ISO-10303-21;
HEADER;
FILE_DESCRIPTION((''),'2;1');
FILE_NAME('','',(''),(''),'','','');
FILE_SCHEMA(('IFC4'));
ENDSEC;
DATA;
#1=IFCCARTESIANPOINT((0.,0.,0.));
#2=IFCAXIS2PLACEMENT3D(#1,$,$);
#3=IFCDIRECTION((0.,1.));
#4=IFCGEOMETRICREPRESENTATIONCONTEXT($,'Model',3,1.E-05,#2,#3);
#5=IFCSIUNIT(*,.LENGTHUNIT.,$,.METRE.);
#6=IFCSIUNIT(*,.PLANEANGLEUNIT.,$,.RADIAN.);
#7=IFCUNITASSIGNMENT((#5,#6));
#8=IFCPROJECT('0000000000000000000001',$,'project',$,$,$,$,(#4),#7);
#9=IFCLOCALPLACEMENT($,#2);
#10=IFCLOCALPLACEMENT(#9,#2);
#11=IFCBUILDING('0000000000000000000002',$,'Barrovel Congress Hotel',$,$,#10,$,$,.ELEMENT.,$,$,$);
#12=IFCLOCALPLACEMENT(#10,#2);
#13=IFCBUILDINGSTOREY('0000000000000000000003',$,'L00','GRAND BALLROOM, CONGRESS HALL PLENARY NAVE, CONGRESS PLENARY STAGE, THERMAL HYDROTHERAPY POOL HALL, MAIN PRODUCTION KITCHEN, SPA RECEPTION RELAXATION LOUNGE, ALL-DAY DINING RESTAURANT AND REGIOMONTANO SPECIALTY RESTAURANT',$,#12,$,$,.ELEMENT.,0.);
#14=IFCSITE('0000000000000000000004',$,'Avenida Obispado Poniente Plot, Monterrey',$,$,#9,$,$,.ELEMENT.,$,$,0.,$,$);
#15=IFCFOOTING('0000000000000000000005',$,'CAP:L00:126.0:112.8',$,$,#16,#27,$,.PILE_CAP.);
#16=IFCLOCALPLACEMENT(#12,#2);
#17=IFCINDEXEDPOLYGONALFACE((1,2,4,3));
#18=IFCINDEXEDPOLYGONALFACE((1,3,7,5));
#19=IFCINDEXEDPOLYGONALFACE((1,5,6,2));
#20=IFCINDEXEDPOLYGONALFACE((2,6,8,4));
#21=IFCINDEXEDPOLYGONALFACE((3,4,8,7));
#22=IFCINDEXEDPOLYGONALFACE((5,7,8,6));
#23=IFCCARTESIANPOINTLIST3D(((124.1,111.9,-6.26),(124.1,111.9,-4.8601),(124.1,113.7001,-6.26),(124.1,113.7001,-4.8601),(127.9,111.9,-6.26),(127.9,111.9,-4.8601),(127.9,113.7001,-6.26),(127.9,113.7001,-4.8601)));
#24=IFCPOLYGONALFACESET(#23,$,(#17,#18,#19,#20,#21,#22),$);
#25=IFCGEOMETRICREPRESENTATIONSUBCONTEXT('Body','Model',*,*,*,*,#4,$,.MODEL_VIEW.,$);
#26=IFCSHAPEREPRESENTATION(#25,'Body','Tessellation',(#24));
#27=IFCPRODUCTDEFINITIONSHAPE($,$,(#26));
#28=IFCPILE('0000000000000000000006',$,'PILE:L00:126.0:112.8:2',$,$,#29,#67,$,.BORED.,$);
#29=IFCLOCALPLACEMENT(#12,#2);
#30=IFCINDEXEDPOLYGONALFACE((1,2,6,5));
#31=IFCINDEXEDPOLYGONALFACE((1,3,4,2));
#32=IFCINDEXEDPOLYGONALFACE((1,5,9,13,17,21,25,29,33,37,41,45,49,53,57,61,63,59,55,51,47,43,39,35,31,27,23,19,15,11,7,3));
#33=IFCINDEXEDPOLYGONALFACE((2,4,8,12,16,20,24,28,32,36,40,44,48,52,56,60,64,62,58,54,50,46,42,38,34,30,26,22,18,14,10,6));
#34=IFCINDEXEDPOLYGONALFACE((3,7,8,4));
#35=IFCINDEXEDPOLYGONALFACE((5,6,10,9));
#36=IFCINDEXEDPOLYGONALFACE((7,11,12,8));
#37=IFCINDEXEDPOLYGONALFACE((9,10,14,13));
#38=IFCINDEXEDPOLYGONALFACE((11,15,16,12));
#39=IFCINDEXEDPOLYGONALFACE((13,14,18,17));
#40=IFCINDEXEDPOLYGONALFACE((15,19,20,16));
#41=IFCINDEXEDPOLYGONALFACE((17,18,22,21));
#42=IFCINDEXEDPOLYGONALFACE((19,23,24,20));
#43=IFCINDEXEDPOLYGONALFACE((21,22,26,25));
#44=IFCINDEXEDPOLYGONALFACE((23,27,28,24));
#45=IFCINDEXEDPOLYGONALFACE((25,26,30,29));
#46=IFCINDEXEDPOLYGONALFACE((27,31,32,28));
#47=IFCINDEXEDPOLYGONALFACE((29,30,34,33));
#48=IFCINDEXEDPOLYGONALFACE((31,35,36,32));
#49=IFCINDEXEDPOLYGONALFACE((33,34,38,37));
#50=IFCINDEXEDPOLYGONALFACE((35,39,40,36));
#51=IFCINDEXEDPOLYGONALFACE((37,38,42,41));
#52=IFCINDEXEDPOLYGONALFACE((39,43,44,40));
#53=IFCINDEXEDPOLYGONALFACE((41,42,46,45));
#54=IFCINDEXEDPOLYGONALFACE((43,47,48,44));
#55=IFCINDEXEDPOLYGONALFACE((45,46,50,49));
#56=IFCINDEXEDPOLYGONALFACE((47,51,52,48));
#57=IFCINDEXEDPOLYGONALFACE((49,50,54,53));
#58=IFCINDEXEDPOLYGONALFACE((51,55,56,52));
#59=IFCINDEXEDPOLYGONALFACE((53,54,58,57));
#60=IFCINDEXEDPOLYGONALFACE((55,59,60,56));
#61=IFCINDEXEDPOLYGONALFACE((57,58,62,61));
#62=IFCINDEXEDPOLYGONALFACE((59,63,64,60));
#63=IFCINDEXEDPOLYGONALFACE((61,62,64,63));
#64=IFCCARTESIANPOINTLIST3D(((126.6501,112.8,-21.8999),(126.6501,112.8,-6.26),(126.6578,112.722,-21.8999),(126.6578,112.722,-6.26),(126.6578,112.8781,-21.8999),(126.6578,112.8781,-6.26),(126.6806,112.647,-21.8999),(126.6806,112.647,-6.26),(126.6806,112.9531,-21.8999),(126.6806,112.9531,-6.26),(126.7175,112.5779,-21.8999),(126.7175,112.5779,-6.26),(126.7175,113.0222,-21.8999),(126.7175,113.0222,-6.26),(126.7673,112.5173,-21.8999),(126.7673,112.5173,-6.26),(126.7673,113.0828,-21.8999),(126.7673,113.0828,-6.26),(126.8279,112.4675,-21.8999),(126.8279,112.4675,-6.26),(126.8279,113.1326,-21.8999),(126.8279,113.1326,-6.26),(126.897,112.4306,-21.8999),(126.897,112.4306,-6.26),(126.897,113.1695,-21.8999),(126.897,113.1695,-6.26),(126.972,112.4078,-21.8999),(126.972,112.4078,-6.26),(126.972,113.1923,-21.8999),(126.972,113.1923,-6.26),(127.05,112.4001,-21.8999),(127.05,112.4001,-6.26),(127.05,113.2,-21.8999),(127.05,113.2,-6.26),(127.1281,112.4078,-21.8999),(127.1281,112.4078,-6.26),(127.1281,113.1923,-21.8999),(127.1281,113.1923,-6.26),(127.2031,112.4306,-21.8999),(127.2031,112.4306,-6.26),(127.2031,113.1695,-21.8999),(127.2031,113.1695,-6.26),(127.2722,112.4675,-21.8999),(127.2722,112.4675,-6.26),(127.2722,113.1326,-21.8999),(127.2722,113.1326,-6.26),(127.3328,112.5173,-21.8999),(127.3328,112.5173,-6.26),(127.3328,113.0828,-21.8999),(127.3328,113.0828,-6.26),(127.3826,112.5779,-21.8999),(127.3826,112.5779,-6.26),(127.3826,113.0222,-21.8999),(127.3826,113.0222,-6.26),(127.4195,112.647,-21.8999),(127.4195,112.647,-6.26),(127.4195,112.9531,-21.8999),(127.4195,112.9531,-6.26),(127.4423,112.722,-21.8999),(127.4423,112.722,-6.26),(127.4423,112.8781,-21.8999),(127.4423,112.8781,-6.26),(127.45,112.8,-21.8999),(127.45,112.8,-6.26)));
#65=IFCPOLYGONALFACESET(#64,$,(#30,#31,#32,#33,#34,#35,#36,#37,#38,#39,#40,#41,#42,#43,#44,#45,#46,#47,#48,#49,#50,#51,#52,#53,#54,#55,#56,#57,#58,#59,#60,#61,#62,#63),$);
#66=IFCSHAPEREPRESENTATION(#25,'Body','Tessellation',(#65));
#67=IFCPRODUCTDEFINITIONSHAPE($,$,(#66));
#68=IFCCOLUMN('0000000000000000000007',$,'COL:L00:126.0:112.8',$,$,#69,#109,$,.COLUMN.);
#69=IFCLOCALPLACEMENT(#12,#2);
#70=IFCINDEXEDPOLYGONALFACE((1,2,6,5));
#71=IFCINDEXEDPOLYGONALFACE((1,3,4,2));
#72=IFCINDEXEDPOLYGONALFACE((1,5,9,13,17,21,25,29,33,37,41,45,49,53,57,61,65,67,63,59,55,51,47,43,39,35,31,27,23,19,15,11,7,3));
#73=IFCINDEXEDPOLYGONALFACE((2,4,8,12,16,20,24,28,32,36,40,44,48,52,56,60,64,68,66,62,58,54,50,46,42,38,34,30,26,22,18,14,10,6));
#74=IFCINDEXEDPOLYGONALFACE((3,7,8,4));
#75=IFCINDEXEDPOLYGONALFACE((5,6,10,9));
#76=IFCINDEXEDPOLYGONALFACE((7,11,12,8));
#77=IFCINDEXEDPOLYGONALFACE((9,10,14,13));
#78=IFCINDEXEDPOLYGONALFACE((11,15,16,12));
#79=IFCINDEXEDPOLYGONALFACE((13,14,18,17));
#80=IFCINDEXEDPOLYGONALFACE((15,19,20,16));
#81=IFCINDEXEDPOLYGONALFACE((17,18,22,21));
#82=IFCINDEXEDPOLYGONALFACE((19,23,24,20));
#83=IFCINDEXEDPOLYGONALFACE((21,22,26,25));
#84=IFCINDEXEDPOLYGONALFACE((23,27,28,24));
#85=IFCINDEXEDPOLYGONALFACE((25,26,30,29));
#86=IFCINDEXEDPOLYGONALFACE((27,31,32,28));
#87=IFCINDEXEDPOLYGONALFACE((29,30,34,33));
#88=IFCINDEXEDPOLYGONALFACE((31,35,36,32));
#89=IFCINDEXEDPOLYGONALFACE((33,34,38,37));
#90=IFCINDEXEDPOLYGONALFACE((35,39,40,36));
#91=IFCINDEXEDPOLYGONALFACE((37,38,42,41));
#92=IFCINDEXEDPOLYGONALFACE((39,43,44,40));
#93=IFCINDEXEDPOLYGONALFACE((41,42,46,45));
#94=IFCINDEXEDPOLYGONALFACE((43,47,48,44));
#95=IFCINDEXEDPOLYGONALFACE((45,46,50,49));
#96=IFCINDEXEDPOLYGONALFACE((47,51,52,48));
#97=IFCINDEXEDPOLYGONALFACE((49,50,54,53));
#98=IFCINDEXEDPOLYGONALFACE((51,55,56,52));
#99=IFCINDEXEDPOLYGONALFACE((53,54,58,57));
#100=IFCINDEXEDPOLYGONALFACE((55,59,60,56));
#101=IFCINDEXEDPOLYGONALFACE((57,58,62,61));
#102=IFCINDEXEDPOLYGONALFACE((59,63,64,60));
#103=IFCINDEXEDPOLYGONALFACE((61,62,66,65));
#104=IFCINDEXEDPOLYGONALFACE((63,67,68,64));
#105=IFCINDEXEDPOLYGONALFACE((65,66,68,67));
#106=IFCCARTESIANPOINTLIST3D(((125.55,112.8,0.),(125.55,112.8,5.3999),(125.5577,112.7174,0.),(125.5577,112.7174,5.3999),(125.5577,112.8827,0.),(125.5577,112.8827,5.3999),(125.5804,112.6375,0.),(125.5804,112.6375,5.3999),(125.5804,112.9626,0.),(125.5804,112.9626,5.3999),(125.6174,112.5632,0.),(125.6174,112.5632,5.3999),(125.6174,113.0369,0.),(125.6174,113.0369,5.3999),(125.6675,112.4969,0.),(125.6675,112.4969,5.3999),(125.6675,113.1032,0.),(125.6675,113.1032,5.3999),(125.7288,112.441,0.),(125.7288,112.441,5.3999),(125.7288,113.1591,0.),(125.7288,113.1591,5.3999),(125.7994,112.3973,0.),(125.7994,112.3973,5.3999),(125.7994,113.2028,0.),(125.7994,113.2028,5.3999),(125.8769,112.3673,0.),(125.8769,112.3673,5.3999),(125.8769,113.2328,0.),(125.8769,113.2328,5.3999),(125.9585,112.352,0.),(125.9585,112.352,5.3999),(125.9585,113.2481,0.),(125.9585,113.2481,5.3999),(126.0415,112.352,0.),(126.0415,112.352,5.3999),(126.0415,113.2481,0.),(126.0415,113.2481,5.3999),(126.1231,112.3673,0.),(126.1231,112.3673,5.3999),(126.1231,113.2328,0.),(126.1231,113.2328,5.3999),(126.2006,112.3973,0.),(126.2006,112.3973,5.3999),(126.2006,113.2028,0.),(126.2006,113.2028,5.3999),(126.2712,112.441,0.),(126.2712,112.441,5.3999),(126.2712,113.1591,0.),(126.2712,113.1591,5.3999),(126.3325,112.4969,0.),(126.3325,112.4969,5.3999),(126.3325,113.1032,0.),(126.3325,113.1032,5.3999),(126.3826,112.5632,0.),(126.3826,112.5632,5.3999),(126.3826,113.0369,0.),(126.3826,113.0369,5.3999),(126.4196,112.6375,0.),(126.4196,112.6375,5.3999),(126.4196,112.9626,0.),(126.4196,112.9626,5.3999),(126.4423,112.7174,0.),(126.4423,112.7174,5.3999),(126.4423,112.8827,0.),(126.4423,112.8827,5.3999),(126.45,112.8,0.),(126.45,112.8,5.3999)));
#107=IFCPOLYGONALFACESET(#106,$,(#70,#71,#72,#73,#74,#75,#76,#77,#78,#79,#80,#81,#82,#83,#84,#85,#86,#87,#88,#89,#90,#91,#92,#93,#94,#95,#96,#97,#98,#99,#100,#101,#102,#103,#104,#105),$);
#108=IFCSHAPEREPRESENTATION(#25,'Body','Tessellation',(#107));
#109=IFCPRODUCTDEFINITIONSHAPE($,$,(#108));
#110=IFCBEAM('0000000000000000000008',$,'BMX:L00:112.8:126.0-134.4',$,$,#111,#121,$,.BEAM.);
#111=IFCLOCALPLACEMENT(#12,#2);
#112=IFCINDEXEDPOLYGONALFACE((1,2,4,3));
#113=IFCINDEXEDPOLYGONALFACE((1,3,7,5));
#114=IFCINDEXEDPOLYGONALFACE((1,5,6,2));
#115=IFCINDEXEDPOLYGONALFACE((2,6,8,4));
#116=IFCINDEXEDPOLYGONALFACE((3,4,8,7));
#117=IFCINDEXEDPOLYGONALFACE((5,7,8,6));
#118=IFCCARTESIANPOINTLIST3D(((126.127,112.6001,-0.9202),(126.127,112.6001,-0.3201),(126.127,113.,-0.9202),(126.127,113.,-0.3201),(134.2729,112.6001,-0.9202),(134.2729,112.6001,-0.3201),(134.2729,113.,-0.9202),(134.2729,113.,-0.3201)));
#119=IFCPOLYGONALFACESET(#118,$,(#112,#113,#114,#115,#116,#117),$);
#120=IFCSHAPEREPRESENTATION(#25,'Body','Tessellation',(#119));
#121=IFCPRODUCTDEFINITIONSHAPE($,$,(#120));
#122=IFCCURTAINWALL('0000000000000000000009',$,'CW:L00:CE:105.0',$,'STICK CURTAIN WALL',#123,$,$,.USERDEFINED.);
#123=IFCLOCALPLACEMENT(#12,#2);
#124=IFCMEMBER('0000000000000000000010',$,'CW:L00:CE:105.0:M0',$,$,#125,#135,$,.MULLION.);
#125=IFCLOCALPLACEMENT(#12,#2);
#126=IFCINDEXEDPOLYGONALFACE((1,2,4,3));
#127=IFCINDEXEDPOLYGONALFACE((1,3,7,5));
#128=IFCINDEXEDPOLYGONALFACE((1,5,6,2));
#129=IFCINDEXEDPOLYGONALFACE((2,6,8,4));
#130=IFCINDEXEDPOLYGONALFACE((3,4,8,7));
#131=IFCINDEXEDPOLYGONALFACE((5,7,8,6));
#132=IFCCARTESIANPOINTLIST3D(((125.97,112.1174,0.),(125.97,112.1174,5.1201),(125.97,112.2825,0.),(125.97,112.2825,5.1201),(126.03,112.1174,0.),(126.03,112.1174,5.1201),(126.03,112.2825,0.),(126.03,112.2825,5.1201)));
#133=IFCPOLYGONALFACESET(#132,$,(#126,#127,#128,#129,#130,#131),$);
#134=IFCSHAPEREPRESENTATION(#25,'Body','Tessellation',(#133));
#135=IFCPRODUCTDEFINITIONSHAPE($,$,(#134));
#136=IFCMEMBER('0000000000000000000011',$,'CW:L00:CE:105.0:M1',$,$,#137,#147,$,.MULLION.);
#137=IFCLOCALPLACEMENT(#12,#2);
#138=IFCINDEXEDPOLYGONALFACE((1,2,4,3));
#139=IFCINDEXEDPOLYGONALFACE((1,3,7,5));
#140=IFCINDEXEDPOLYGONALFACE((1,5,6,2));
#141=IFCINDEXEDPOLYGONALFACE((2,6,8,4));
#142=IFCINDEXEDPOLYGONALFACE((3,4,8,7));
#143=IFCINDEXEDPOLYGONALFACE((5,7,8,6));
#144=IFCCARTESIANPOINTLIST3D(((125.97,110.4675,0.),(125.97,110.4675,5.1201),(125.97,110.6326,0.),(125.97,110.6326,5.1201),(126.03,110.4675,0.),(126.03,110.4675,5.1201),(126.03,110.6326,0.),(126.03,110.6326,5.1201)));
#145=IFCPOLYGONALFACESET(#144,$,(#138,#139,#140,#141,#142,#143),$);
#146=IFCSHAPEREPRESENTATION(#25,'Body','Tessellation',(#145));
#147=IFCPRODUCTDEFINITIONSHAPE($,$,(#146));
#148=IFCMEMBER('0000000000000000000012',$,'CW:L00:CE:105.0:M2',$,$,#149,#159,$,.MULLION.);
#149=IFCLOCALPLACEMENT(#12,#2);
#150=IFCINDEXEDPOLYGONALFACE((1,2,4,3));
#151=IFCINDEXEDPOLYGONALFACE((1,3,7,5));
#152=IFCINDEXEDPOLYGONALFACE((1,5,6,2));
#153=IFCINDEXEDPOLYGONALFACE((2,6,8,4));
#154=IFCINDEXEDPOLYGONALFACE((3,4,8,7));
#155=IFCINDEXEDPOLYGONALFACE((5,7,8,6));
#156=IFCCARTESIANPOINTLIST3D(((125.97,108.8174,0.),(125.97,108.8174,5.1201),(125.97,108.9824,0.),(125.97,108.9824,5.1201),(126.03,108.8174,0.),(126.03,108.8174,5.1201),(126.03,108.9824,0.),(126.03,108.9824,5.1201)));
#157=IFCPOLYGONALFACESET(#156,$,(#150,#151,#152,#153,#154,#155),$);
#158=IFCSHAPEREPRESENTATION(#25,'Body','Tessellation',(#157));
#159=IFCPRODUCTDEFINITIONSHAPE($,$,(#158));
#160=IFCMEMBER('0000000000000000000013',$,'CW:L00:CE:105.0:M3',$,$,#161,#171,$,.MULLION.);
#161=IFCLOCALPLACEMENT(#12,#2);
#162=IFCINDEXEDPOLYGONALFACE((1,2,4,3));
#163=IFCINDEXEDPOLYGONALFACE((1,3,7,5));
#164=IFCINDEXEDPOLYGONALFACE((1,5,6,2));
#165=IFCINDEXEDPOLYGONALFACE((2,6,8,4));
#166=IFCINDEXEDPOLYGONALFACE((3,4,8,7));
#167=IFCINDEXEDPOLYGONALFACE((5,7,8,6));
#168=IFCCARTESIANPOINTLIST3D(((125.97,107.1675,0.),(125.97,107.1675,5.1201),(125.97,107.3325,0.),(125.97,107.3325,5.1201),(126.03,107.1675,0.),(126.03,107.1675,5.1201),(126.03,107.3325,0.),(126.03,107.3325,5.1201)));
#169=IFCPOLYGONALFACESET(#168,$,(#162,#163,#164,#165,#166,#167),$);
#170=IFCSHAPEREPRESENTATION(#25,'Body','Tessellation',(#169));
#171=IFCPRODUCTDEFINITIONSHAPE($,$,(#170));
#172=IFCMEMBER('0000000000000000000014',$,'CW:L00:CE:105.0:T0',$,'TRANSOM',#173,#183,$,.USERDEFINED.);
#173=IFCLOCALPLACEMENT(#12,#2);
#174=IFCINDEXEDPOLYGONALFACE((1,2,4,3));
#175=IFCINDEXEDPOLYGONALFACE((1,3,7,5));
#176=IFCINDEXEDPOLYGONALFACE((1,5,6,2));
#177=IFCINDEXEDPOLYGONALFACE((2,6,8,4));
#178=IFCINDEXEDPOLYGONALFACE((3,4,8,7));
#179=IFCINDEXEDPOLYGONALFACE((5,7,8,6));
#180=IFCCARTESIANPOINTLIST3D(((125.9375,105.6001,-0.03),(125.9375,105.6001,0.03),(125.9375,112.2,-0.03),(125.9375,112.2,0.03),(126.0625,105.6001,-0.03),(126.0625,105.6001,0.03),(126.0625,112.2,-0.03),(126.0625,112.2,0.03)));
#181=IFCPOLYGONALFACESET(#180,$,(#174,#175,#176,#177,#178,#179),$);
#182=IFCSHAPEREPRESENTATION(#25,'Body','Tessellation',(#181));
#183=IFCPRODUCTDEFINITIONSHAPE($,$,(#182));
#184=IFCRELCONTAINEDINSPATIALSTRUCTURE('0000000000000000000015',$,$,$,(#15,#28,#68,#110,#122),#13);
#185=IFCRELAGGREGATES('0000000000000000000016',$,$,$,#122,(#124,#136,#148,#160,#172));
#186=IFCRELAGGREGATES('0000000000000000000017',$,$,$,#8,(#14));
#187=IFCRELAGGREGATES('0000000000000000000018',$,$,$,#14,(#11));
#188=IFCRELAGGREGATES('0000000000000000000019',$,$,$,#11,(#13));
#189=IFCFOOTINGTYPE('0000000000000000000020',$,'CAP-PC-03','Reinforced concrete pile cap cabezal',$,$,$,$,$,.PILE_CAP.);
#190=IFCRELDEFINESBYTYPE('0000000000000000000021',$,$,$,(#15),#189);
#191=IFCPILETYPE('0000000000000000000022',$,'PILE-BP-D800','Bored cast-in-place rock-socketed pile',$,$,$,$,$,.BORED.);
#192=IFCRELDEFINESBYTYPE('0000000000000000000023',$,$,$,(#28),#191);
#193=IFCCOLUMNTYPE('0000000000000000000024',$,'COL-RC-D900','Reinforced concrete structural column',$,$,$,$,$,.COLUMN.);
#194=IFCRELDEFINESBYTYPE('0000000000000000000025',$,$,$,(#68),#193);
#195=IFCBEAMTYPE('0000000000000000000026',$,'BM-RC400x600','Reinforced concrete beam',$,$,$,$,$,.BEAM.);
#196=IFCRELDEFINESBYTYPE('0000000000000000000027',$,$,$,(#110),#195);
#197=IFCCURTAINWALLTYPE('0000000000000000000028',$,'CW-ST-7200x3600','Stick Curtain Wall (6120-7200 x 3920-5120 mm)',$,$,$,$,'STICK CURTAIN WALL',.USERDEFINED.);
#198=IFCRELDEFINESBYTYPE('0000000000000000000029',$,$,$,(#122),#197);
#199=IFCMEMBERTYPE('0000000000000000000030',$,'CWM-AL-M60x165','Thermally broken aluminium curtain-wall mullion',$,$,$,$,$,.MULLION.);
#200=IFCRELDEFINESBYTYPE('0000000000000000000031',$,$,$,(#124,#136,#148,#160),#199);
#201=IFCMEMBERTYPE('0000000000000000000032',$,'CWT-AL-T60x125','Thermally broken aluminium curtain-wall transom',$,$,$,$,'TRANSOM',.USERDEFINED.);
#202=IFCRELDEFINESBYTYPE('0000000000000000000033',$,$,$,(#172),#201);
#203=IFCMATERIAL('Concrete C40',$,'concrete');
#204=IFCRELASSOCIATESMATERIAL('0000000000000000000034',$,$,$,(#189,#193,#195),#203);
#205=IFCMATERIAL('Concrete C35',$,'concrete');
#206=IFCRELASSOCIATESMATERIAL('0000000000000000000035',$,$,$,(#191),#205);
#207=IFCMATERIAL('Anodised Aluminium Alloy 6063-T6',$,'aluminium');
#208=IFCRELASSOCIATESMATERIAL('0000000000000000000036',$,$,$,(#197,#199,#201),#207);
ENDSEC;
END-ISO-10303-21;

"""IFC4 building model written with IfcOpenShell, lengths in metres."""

from ifc_helpers import new_model, si_unit, direction, frame, origin, origin_2d, place, context, subcontext, project, spatial, rectangle, circle, extrude, material, material_profile, profile_set, type_object, element, aggregate, save


model = new_model("IFC4")

# Units and contexts
model_context = context("Model", 3, precision=1e-05, world=origin(), true_north=direction((0.0, 1.0)))
body_context = subcontext(model_context, "Body", "Model", "MODEL_VIEW")
ifc_project = project(units=[si_unit("LENGTHUNIT", "METRE"), si_unit("PLANEANGLEUNIT", "RADIAN")], contexts=[model_context])

# Site, building, storey
site_placement = place(None, origin())
site = spatial("IfcSite", under=ifc_project, at=site_placement, Name="Avenida Obispado Poniente Plot, Monterrey", CompositionType="ELEMENT", RefElevation=0.0)
building_placement = place(site_placement, origin())
building = spatial("IfcBuilding", under=site, at=building_placement, Name="Barrovel Congress Hotel", CompositionType="ELEMENT")
storey_placement = place(building_placement, origin())
storey = spatial("IfcBuildingStorey", under=building, at=storey_placement, Name="L00", Description="GRAND BALLROOM, CONGRESS HALL PLENARY NAVE, CONGRESS PLENARY STAGE, THERMAL HYDROTHERAPY POOL HALL, MAIN PRODUCTION KITCHEN, SPA RECEPTION RELAXATION LOUNGE, ALL-DAY DINING RESTAURANT AND REGIOMONTANO SPECIALTY RESTAURANT", CompositionType="ELEMENT", Elevation=0.0)

# Footing
ifc_material_1 = material(Name="Concrete C40", Category="concrete")
footing_type = type_object("IfcFootingType", Name="CAP-PC-03", Description="Reinforced concrete pile cap cabezal", PredefinedType="PILE_CAP", material=ifc_material_1)
footing_placement = place(storey_placement, frame((126.0, 112.8, -6.26), z_axis=(0.0, 0.0, 1.0), x_axis=(1.0, 0.0, 0.0)))
element("IfcFooting", 1, at=footing_placement, inside=storey, type_object=footing_type, Name="CAP:L00:126.0:112.8", PredefinedType="PILE_CAP", context=body_context, shape_type="SweptSolid", body=[
    extrude(rectangle(XDim=3.8, YDim=1.8, at=origin_2d()), origin(), (0.0, 0.0, 1.0), 1.3999),
])

# Pile
ifc_material_2 = material(Name="Concrete C35", Category="concrete")
ifc_material_profile_1 = material_profile(ifc_material_2, circle(Radius=0.3999, at=origin_2d()), Name="BP-D800")
ifc_profile_set_1 = profile_set([ifc_material_profile_1], Name="Concrete C35")
pile_type = type_object("IfcPileType", Name="PILE-BP-D800", Description="Bored cast-in-place rock-socketed pile", PredefinedType="BORED", material=ifc_profile_set_1)
pile_placement = place(storey_placement, frame((127.05, 112.8, -6.26), z_axis=(0.0, 0.0, -1.0), x_axis=(1.0, 0.0, 0.0)))
element("IfcPile", 2, at=pile_placement, inside=storey, type_object=pile_type, Name="PILE:L00:126.0:112.8:2", PredefinedType="BORED", context=body_context, shape_type="SweptSolid", body=[
    extrude(circle(Radius=0.3999, at=origin_2d()), origin(), (0.0, 0.0, 1.0), 15.6399),
])

# Column
ifc_material_profile_2 = material_profile(ifc_material_1, circle(Radius=0.45, at=origin_2d()), Name="RC-D900")
ifc_profile_set_2 = profile_set([ifc_material_profile_2], Name="Concrete C40")
column_type = type_object("IfcColumnType", Name="COL-RC-D900", Description="Reinforced concrete structural column", PredefinedType="COLUMN", material=ifc_profile_set_2)
column_placement = place(storey_placement, frame((126.0, 112.8, 0.0), z_axis=(0.0, 0.0, 1.0), x_axis=(1.0, 0.0, 0.0)))
element("IfcColumn", 3, at=column_placement, inside=storey, type_object=column_type, Name="COL:L00:126.0:112.8", PredefinedType="COLUMN", context=body_context, shape_type="SweptSolid", body=[
    extrude(circle(Radius=0.45, at=origin_2d()), origin(), (0.0, 0.0, 1.0), 5.3999),
])

# Beam
ifc_material_profile_3 = material_profile(ifc_material_1, rectangle(XDim=0.3999, YDim=0.6001, at=origin_2d()), Name="RC400x600")
ifc_profile_set_3 = profile_set([ifc_material_profile_3], Name="Concrete C40")
beam_type = type_object("IfcBeamType", Name="BM-RC400x600", Description="Reinforced concrete beam", PredefinedType="BEAM", material=ifc_profile_set_3)
beam_placement = place(storey_placement, frame((126.127, 112.8, -0.6201), z_axis=(1.0, 0.0, 0.0), x_axis=(0.0, 1.0, 0.0)))
element("IfcBeam", 4, at=beam_placement, inside=storey, type_object=beam_type, Name="BMX:L00:112.8:126.0-134.4", PredefinedType="BEAM", context=body_context, shape_type="SweptSolid", body=[
    extrude(rectangle(XDim=0.3999, YDim=0.6001, at=origin_2d()), origin(), (0.0, 0.0, 1.0), 8.146),
])

# Curtain wall, members
ifc_material_3 = material(Name="Anodised Aluminium Alloy 6063-T6", Category="aluminium")
curtain_wall_type = type_object("IfcCurtainWallType", Name="CW-ST-7200x3600", Description="Stick Curtain Wall (6120-7200 x 3920-5120 mm)", ElementType="STICK CURTAIN WALL", PredefinedType="USERDEFINED", material=ifc_material_3)
curtain_wall_placement = place(storey_placement, origin())
curtain_wall = element("IfcCurtainWall", 5, at=curtain_wall_placement, inside=storey, type_object=curtain_wall_type, Name="CW:L00:CE:105.0", ObjectType="STICK CURTAIN WALL", PredefinedType="USERDEFINED")
ifc_material_profile_4 = material_profile(ifc_material_3, rectangle(XDim=0.0601, YDim=0.165, at=origin_2d()), Name="AL-M60x165")
ifc_profile_set_4 = profile_set([ifc_material_profile_4], Name="Anodised Aluminium Alloy 6063-T6")
member_type_1 = type_object("IfcMemberType", Name="CWM-AL-M60x165", Description="Thermally broken aluminium curtain-wall mullion", PredefinedType="MULLION", material=ifc_profile_set_4)
member_1_placement = place(storey_placement, frame((126.0, 112.2, 0.0), z_axis=(0.0, 0.0, 1.0), x_axis=(1.0, 0.0, 0.0)))
member_1 = element("IfcMember", 6, at=member_1_placement, type_object=member_type_1, Name="CW:L00:CE:105.0:M0", PredefinedType="MULLION", context=body_context, shape_type="SweptSolid", body=[
    extrude(rectangle(XDim=0.0601, YDim=0.165, at=origin_2d()), origin(), (0.0, 0.0, 1.0), 5.1201),
])
member_2_placement = place(storey_placement, frame((126.0, 110.55, 0.0), z_axis=(0.0, 0.0, 1.0), x_axis=(1.0, 0.0, 0.0)))
member_2 = element("IfcMember", 7, at=member_2_placement, type_object=member_type_1, Name="CW:L00:CE:105.0:M1", PredefinedType="MULLION", context=body_context, shape_type="SweptSolid", body=[
    extrude(rectangle(XDim=0.0601, YDim=0.165, at=origin_2d()), origin(), (0.0, 0.0, 1.0), 5.1201),
])
member_3_placement = place(storey_placement, frame((126.0, 108.8999, 0.0), z_axis=(0.0, 0.0, 1.0), x_axis=(1.0, 0.0, 0.0)))
member_3 = element("IfcMember", 8, at=member_3_placement, type_object=member_type_1, Name="CW:L00:CE:105.0:M2", PredefinedType="MULLION", context=body_context, shape_type="SweptSolid", body=[
    extrude(rectangle(XDim=0.0601, YDim=0.165, at=origin_2d()), origin(), (0.0, 0.0, 1.0), 5.1201),
])
member_4_placement = place(storey_placement, frame((126.0, 107.25, 0.0), z_axis=(0.0, 0.0, 1.0), x_axis=(1.0, 0.0, 0.0)))
member_4 = element("IfcMember", 9, at=member_4_placement, type_object=member_type_1, Name="CW:L00:CE:105.0:M3", PredefinedType="MULLION", context=body_context, shape_type="SweptSolid", body=[
    extrude(rectangle(XDim=0.0601, YDim=0.165, at=origin_2d()), origin(), (0.0, 0.0, 1.0), 5.1201),
])
ifc_material_profile_5 = material_profile(ifc_material_3, rectangle(XDim=0.125, YDim=0.0601, at=origin_2d()), Name="AL-T60x125")
ifc_profile_set_5 = profile_set([ifc_material_profile_5], Name="Anodised Aluminium Alloy 6063-T6")
member_type_2 = type_object("IfcMemberType", Name="CWT-AL-T60x125", Description="Thermally broken aluminium curtain-wall transom", ElementType="TRANSOM", PredefinedType="USERDEFINED", material=ifc_profile_set_5)
member_5_placement = place(storey_placement, frame((126.0, 112.2, 0.0), z_axis=(0.0, -1.0, 0.0), x_axis=(1.0, 0.0, 0.0)))
member_5 = element("IfcMember", 10, at=member_5_placement, type_object=member_type_2, Name="CW:L00:CE:105.0:T0", ObjectType="TRANSOM", PredefinedType="USERDEFINED", context=body_context, shape_type="SweptSolid", body=[
    extrude(rectangle(XDim=0.125, YDim=0.0601, at=origin_2d()), origin(), (0.0, 0.0, 1.0), 6.5999),
])
aggregate(curtain_wall, [member_1, member_2, member_3, member_4, member_5])

save(model, "model.ifc")
